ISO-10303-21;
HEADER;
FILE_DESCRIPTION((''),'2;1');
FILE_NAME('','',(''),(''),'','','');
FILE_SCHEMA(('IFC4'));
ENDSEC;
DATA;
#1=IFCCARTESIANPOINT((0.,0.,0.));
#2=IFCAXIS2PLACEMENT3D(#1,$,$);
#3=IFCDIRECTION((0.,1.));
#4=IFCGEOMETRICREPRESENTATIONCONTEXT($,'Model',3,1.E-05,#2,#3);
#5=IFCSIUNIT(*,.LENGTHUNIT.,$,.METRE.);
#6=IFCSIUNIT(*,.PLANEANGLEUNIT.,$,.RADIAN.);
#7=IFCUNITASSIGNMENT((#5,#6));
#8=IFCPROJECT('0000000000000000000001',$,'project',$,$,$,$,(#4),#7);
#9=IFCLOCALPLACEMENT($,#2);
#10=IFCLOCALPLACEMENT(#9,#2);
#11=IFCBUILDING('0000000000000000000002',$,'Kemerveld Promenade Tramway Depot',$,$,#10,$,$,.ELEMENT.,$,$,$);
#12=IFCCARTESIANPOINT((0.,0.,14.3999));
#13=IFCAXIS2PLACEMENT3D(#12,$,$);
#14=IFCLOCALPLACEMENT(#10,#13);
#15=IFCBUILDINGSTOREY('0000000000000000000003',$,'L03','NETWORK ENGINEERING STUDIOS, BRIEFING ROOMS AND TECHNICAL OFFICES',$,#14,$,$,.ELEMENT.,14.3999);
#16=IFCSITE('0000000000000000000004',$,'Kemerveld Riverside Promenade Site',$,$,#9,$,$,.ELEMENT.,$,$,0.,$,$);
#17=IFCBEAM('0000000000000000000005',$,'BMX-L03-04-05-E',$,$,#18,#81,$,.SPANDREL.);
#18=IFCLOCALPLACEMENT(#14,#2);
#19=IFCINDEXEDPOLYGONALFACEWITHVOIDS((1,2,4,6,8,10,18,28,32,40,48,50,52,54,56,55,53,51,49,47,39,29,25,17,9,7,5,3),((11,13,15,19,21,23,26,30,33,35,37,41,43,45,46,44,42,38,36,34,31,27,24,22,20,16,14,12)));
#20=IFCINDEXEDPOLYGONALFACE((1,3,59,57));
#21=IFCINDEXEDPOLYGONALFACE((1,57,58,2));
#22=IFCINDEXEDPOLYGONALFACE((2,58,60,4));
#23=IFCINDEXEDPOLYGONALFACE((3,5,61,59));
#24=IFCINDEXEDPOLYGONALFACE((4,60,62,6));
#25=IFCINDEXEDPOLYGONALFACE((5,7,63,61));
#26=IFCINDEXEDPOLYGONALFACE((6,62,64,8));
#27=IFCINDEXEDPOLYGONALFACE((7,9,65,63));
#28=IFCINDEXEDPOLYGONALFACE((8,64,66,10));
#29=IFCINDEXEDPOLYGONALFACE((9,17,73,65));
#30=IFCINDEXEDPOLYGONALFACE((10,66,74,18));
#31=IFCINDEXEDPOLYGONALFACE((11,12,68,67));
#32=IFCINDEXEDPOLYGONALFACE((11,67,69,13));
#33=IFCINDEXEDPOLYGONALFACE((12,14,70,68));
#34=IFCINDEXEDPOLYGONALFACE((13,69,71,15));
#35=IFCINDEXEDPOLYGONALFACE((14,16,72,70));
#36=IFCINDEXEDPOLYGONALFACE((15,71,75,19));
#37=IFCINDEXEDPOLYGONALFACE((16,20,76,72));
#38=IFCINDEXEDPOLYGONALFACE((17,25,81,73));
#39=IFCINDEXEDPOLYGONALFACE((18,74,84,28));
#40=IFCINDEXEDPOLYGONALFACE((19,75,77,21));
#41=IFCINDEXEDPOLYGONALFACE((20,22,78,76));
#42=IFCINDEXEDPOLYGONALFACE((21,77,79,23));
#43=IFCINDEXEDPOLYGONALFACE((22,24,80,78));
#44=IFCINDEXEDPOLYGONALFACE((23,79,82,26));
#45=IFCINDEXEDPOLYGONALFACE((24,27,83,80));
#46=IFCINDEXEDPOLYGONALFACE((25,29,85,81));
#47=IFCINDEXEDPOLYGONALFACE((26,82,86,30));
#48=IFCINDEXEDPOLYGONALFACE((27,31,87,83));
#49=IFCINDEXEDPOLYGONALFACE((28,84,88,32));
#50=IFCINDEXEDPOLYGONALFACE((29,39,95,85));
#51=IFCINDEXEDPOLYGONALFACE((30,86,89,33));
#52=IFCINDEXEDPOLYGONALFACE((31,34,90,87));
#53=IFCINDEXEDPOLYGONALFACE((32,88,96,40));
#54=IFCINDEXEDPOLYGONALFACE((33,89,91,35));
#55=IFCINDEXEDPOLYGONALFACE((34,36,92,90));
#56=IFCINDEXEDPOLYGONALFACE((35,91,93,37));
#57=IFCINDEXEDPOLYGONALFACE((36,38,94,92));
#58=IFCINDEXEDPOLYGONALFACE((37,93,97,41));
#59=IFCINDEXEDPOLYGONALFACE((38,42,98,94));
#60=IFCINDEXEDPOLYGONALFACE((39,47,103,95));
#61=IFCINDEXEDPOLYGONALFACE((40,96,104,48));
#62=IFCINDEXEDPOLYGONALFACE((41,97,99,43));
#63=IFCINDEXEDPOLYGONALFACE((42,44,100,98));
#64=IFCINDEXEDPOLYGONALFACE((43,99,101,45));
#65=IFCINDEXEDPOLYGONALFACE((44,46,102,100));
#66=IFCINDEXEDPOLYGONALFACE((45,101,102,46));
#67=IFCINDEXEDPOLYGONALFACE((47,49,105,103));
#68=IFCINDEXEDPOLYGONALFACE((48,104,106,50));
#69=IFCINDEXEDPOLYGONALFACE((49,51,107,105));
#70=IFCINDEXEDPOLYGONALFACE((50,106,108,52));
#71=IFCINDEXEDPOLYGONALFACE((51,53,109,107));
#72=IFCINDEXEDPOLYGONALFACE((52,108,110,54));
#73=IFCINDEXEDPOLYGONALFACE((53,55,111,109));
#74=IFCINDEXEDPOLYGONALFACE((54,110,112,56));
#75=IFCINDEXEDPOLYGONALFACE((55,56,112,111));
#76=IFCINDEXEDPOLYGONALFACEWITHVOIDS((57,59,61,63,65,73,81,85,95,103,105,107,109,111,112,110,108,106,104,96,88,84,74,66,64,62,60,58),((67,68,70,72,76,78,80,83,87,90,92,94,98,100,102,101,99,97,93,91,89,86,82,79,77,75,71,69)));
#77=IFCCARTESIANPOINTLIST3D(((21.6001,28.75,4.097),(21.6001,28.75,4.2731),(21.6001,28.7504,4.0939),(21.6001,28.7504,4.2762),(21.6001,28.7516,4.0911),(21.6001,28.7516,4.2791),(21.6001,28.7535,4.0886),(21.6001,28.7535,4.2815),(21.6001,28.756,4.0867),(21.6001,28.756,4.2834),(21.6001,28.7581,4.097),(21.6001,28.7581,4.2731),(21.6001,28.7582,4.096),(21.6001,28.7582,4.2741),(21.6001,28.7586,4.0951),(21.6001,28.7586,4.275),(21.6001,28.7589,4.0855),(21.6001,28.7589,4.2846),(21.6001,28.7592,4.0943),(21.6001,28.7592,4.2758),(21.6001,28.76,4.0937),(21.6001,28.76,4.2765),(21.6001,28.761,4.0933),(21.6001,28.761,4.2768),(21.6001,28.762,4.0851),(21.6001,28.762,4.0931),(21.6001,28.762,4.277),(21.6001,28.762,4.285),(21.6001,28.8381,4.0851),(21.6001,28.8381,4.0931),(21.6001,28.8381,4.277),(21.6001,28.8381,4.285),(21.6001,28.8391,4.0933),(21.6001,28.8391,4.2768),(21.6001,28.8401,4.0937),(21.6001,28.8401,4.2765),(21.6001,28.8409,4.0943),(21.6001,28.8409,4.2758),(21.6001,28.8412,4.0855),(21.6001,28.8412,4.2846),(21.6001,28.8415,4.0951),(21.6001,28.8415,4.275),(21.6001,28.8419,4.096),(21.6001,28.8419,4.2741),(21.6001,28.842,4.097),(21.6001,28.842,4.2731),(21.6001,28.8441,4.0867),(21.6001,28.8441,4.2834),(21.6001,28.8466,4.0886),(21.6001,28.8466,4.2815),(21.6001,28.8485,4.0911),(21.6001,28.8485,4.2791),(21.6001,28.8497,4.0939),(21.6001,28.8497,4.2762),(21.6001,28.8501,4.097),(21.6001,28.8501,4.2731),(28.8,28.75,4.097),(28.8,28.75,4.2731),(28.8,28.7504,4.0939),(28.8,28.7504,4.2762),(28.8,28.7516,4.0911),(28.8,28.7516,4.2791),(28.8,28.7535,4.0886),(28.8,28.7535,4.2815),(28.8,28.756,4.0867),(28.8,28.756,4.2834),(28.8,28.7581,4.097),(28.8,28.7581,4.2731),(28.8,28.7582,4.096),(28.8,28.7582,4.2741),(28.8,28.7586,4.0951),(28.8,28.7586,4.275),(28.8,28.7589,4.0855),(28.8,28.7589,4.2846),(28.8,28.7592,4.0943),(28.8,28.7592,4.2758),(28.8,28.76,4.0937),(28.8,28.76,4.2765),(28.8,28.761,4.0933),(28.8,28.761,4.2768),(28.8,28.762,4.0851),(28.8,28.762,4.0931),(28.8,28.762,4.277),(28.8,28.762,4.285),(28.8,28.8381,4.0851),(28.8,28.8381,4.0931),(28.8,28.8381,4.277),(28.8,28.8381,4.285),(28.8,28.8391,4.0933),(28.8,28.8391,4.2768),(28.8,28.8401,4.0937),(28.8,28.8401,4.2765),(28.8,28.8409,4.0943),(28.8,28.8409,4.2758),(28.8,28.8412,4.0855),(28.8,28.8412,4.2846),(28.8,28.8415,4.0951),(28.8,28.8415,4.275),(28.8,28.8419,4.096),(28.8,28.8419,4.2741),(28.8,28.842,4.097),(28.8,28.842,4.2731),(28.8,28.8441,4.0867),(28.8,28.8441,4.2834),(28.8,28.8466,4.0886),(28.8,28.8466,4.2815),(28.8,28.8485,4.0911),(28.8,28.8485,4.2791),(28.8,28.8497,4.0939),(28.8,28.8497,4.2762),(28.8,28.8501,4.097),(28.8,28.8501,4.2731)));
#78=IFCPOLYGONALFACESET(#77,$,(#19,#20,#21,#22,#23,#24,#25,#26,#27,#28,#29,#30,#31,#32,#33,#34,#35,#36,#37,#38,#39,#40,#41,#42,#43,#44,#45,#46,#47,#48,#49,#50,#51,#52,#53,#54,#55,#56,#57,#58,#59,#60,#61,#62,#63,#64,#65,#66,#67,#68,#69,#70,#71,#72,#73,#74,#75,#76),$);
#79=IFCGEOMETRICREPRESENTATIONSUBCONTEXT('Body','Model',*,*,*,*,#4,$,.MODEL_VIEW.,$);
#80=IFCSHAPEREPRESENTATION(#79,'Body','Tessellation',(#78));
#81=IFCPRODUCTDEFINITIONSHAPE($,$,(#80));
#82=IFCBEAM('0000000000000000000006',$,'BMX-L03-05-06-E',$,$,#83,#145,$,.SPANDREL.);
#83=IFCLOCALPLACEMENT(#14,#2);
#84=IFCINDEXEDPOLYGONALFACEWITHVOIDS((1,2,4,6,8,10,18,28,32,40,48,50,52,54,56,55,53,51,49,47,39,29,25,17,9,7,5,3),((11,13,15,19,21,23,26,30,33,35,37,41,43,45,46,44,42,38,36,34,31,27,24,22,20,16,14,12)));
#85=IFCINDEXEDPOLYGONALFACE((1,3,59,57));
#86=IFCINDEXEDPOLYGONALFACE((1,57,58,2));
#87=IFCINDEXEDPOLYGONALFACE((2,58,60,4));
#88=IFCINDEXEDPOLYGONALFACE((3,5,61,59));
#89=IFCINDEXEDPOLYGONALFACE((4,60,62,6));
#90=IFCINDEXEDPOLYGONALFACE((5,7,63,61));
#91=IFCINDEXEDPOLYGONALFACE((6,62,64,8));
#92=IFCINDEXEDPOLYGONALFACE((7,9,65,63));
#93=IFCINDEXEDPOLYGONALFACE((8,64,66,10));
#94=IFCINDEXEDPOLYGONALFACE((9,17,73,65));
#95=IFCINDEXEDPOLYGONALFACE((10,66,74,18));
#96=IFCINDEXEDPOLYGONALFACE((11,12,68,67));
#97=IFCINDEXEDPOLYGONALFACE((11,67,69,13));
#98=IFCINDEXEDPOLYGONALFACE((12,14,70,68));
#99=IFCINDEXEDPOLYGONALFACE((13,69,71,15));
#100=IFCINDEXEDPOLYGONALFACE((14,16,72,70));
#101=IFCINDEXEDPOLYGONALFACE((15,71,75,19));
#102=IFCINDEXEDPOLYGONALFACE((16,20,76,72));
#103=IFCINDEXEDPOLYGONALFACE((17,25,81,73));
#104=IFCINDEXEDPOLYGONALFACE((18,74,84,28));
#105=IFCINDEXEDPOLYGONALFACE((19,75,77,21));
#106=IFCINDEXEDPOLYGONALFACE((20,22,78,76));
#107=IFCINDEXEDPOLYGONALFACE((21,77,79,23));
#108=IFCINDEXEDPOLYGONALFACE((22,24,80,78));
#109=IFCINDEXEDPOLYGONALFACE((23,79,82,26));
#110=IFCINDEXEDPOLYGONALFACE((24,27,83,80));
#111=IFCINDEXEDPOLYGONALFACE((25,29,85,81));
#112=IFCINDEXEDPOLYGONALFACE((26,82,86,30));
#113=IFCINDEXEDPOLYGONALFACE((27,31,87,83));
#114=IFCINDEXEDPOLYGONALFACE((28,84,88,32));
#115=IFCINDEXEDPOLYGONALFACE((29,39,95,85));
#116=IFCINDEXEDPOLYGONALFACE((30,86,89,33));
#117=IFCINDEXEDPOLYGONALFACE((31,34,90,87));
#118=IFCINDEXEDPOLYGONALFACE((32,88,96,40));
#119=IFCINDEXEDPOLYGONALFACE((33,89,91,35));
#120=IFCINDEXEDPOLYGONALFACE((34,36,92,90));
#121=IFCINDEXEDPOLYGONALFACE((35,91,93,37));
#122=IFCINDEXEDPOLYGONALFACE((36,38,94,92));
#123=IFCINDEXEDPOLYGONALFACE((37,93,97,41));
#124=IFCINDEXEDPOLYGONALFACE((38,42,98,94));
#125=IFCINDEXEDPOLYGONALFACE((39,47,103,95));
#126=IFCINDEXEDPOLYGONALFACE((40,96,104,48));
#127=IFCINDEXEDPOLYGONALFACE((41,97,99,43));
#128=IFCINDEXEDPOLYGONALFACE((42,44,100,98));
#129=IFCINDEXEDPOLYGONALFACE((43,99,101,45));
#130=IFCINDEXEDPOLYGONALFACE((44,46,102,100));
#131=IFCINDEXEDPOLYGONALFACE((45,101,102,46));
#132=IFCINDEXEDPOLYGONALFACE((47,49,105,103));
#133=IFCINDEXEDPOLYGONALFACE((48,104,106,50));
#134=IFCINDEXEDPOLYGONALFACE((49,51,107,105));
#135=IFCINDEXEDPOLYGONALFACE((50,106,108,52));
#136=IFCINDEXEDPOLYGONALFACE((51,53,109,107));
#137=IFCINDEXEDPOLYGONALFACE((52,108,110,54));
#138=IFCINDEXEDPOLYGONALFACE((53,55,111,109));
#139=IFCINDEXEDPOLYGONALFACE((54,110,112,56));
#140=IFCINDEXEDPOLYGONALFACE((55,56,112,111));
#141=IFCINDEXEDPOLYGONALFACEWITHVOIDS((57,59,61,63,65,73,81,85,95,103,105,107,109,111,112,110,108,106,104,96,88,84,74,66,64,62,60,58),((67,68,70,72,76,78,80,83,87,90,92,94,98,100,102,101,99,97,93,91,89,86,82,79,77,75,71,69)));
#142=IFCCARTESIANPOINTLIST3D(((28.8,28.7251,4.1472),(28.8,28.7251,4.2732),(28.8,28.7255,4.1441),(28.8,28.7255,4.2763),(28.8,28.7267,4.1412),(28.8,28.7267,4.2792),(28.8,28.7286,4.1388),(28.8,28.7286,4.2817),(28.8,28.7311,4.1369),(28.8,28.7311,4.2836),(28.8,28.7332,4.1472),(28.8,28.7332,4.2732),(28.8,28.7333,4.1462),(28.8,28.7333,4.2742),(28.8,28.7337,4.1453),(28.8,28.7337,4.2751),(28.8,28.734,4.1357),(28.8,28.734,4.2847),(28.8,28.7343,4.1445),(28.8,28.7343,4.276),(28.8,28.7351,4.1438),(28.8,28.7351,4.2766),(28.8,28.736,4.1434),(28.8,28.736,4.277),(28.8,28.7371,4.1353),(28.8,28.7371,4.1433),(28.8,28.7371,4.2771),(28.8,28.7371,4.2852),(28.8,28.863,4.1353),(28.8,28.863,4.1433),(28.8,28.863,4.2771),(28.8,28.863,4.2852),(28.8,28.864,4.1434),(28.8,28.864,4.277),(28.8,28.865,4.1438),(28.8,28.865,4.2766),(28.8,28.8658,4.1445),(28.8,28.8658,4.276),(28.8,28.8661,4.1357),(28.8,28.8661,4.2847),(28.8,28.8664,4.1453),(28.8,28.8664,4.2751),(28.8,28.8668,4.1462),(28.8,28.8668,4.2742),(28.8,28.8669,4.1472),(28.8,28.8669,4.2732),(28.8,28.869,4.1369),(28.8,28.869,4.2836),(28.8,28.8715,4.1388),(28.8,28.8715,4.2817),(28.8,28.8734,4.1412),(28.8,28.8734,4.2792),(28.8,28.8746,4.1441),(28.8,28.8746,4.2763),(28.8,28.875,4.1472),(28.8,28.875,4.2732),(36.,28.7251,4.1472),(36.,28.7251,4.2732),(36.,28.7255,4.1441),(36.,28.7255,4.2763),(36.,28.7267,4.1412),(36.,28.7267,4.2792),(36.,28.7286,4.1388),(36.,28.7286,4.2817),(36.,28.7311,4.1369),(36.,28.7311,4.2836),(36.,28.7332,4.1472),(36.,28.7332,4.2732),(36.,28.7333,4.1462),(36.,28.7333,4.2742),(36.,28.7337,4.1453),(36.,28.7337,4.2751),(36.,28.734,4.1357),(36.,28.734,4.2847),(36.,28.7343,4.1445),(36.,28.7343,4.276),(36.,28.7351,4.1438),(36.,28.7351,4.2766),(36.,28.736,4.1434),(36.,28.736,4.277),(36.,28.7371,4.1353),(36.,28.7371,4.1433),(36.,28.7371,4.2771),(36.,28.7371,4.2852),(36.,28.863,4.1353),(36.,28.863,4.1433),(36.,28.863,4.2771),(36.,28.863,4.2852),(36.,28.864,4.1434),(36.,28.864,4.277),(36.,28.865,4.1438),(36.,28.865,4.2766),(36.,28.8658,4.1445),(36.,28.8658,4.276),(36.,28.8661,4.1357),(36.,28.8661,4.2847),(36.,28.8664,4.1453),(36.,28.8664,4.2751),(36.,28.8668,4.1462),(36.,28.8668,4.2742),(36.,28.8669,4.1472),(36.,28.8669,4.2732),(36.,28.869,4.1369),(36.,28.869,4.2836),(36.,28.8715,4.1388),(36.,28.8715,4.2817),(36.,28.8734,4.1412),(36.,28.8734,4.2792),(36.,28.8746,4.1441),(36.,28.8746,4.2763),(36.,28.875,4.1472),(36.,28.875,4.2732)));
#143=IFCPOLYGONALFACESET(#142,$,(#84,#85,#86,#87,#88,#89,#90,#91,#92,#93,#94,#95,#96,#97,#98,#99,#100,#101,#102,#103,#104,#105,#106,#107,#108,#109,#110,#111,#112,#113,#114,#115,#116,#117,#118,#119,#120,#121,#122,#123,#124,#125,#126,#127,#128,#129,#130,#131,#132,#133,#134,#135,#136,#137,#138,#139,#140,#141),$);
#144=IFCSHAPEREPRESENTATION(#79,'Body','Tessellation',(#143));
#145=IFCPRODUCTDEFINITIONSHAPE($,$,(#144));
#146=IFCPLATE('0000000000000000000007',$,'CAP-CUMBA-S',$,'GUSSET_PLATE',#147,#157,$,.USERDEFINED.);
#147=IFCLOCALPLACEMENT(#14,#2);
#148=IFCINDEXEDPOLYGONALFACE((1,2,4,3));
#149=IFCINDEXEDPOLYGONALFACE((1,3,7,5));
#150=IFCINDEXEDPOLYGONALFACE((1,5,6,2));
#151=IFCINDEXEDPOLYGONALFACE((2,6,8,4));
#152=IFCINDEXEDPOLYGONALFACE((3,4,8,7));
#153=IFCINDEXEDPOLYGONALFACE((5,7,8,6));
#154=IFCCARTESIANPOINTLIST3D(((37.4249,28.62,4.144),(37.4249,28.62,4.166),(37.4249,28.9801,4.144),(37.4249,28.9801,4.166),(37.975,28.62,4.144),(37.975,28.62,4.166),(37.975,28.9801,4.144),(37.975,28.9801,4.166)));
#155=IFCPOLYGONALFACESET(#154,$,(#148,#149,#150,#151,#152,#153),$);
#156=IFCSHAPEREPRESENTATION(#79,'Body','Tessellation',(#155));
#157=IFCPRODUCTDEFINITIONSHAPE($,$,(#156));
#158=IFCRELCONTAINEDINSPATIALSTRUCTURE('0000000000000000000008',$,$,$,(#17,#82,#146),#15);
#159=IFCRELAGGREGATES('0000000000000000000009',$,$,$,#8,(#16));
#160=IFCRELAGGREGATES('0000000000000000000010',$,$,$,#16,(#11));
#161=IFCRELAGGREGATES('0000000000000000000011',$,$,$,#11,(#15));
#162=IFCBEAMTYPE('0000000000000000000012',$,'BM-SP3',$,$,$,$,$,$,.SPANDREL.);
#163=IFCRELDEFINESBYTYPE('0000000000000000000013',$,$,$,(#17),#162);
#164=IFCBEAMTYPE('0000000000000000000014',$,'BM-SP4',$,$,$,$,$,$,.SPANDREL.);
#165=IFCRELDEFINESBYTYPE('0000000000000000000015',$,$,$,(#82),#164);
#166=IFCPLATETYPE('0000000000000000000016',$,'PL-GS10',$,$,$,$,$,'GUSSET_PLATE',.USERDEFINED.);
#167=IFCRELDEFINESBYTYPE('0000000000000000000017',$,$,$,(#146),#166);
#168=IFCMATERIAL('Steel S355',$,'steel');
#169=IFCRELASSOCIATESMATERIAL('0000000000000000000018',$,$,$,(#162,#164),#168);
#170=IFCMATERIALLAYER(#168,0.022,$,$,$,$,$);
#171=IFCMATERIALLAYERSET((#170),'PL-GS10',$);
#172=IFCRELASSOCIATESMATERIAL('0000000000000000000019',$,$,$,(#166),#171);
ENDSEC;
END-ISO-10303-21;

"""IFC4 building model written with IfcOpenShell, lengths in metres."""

from ifc_helpers import new_model, si_unit, direction, frame, origin, origin_2d, place, context, subcontext, project, spatial, rectangle, hollow_rectangle, extrude, material, layer, layer_set, material_profile, profile_set, type_object, element, save


model = new_model("IFC4")

# Units and contexts
model_context = context("Model", 3, precision=1e-05, world=origin(), true_north=direction((0.0, 1.0)))
body_context = subcontext(model_context, "Body", "Model", "MODEL_VIEW")
ifc_project = project(units=[si_unit("LENGTHUNIT", "METRE"), si_unit("PLANEANGLEUNIT", "RADIAN")], contexts=[model_context])

# Site, building, storey
site_placement = place(None, origin())
site = spatial("IfcSite", under=ifc_project, at=site_placement, Name="Kemerveld Riverside Promenade Site", CompositionType="ELEMENT", RefElevation=0.0)
building_placement = place(site_placement, origin())
building = spatial("IfcBuilding", under=site, at=building_placement, Name="Kemerveld Promenade Tramway Depot", CompositionType="ELEMENT")
storey_placement = place(building_placement, frame((0.0, 0.0, 14.3999)))
storey = spatial("IfcBuildingStorey", under=building, at=storey_placement, Name="L03", Description="NETWORK ENGINEERING STUDIOS, BRIEFING ROOMS AND TECHNICAL OFFICES", CompositionType="ELEMENT", Elevation=14.3999)

# Shared definitions
ifc_material = material(Name="Steel S355", Category="steel")

# Beams
ifc_material_profile_1 = material_profile(ifc_material, hollow_rectangle(XDim=0.1001, YDim=0.2, WallThickness=0.0081, InnerFilletRadius=0.0039, OuterFilletRadius=0.012, at=origin_2d()), Name="200x100x8.0 RHS")
ifc_profile_set_1 = profile_set([ifc_material_profile_1], Name="Steel S355")
beam_type_1 = type_object("IfcBeamType", Name="BM-SP3", PredefinedType="SPANDREL", material=ifc_profile_set_1)
beam_1_placement = place(storey_placement, frame((21.6001, 28.8, 4.1851), z_axis=(1.0, 0.0, 0.0), x_axis=(0.0, 1.0, 0.0)))
element("IfcBeam", 1, at=beam_1_placement, inside=storey, type_object=beam_type_1, Name="BMX-L03-04-05-E", PredefinedType="SPANDREL", context=body_context, shape_type="SweptSolid", body=[
    extrude(hollow_rectangle(XDim=0.1001, YDim=0.2, WallThickness=0.0081, InnerFilletRadius=0.0039, OuterFilletRadius=0.012, at=origin_2d()), origin(), (0.0, 0.0, 1.0), 7.2),
])
ifc_material_profile_2 = material_profile(ifc_material, hollow_rectangle(XDim=0.1499, YDim=0.1499, WallThickness=0.0081, InnerFilletRadius=0.0039, OuterFilletRadius=0.012, at=origin_2d()), Name="150x150x8.0 SHS")
ifc_profile_set_2 = profile_set([ifc_material_profile_2], Name="Steel S355")
beam_type_2 = type_object("IfcBeamType", Name="BM-SP4", PredefinedType="SPANDREL", material=ifc_profile_set_2)
beam_2_placement = place(storey_placement, frame((28.8, 28.8, 4.2102), z_axis=(1.0, 0.0, 0.0), x_axis=(0.0, 1.0, 0.0)))
element("IfcBeam", 2, at=beam_2_placement, inside=storey, type_object=beam_type_2, Name="BMX-L03-05-06-E", PredefinedType="SPANDREL", context=body_context, shape_type="SweptSolid", body=[
    extrude(hollow_rectangle(XDim=0.1499, YDim=0.1499, WallThickness=0.0081, InnerFilletRadius=0.0039, OuterFilletRadius=0.012, at=origin_2d()), origin(), (0.0, 0.0, 1.0), 7.2),
])

# Plate
ifc_layer = layer(ifc_material, 0.022)
ifc_layer_set = layer_set([ifc_layer], Name="PL-GS10")
plate_type = type_object("IfcPlateType", Name="PL-GS10", ElementType="GUSSET_PLATE", PredefinedType="USERDEFINED", material=ifc_layer_set)
plate_placement = place(storey_placement, frame((37.7, 28.8, 4.144), z_axis=(0.0, 0.0, 1.0), x_axis=(1.0, 0.0, 0.0)))
element("IfcPlate", 3, at=plate_placement, inside=storey, type_object=plate_type, Name="CAP-CUMBA-S", ObjectType="GUSSET_PLATE", PredefinedType="USERDEFINED", context=body_context, shape_type="SweptSolid", body=[
    extrude(rectangle(XDim=0.55, YDim=0.3601, at=origin_2d()), origin(), (0.0, 0.0, 1.0), 0.022),
])

save(model, "model.ifc")
